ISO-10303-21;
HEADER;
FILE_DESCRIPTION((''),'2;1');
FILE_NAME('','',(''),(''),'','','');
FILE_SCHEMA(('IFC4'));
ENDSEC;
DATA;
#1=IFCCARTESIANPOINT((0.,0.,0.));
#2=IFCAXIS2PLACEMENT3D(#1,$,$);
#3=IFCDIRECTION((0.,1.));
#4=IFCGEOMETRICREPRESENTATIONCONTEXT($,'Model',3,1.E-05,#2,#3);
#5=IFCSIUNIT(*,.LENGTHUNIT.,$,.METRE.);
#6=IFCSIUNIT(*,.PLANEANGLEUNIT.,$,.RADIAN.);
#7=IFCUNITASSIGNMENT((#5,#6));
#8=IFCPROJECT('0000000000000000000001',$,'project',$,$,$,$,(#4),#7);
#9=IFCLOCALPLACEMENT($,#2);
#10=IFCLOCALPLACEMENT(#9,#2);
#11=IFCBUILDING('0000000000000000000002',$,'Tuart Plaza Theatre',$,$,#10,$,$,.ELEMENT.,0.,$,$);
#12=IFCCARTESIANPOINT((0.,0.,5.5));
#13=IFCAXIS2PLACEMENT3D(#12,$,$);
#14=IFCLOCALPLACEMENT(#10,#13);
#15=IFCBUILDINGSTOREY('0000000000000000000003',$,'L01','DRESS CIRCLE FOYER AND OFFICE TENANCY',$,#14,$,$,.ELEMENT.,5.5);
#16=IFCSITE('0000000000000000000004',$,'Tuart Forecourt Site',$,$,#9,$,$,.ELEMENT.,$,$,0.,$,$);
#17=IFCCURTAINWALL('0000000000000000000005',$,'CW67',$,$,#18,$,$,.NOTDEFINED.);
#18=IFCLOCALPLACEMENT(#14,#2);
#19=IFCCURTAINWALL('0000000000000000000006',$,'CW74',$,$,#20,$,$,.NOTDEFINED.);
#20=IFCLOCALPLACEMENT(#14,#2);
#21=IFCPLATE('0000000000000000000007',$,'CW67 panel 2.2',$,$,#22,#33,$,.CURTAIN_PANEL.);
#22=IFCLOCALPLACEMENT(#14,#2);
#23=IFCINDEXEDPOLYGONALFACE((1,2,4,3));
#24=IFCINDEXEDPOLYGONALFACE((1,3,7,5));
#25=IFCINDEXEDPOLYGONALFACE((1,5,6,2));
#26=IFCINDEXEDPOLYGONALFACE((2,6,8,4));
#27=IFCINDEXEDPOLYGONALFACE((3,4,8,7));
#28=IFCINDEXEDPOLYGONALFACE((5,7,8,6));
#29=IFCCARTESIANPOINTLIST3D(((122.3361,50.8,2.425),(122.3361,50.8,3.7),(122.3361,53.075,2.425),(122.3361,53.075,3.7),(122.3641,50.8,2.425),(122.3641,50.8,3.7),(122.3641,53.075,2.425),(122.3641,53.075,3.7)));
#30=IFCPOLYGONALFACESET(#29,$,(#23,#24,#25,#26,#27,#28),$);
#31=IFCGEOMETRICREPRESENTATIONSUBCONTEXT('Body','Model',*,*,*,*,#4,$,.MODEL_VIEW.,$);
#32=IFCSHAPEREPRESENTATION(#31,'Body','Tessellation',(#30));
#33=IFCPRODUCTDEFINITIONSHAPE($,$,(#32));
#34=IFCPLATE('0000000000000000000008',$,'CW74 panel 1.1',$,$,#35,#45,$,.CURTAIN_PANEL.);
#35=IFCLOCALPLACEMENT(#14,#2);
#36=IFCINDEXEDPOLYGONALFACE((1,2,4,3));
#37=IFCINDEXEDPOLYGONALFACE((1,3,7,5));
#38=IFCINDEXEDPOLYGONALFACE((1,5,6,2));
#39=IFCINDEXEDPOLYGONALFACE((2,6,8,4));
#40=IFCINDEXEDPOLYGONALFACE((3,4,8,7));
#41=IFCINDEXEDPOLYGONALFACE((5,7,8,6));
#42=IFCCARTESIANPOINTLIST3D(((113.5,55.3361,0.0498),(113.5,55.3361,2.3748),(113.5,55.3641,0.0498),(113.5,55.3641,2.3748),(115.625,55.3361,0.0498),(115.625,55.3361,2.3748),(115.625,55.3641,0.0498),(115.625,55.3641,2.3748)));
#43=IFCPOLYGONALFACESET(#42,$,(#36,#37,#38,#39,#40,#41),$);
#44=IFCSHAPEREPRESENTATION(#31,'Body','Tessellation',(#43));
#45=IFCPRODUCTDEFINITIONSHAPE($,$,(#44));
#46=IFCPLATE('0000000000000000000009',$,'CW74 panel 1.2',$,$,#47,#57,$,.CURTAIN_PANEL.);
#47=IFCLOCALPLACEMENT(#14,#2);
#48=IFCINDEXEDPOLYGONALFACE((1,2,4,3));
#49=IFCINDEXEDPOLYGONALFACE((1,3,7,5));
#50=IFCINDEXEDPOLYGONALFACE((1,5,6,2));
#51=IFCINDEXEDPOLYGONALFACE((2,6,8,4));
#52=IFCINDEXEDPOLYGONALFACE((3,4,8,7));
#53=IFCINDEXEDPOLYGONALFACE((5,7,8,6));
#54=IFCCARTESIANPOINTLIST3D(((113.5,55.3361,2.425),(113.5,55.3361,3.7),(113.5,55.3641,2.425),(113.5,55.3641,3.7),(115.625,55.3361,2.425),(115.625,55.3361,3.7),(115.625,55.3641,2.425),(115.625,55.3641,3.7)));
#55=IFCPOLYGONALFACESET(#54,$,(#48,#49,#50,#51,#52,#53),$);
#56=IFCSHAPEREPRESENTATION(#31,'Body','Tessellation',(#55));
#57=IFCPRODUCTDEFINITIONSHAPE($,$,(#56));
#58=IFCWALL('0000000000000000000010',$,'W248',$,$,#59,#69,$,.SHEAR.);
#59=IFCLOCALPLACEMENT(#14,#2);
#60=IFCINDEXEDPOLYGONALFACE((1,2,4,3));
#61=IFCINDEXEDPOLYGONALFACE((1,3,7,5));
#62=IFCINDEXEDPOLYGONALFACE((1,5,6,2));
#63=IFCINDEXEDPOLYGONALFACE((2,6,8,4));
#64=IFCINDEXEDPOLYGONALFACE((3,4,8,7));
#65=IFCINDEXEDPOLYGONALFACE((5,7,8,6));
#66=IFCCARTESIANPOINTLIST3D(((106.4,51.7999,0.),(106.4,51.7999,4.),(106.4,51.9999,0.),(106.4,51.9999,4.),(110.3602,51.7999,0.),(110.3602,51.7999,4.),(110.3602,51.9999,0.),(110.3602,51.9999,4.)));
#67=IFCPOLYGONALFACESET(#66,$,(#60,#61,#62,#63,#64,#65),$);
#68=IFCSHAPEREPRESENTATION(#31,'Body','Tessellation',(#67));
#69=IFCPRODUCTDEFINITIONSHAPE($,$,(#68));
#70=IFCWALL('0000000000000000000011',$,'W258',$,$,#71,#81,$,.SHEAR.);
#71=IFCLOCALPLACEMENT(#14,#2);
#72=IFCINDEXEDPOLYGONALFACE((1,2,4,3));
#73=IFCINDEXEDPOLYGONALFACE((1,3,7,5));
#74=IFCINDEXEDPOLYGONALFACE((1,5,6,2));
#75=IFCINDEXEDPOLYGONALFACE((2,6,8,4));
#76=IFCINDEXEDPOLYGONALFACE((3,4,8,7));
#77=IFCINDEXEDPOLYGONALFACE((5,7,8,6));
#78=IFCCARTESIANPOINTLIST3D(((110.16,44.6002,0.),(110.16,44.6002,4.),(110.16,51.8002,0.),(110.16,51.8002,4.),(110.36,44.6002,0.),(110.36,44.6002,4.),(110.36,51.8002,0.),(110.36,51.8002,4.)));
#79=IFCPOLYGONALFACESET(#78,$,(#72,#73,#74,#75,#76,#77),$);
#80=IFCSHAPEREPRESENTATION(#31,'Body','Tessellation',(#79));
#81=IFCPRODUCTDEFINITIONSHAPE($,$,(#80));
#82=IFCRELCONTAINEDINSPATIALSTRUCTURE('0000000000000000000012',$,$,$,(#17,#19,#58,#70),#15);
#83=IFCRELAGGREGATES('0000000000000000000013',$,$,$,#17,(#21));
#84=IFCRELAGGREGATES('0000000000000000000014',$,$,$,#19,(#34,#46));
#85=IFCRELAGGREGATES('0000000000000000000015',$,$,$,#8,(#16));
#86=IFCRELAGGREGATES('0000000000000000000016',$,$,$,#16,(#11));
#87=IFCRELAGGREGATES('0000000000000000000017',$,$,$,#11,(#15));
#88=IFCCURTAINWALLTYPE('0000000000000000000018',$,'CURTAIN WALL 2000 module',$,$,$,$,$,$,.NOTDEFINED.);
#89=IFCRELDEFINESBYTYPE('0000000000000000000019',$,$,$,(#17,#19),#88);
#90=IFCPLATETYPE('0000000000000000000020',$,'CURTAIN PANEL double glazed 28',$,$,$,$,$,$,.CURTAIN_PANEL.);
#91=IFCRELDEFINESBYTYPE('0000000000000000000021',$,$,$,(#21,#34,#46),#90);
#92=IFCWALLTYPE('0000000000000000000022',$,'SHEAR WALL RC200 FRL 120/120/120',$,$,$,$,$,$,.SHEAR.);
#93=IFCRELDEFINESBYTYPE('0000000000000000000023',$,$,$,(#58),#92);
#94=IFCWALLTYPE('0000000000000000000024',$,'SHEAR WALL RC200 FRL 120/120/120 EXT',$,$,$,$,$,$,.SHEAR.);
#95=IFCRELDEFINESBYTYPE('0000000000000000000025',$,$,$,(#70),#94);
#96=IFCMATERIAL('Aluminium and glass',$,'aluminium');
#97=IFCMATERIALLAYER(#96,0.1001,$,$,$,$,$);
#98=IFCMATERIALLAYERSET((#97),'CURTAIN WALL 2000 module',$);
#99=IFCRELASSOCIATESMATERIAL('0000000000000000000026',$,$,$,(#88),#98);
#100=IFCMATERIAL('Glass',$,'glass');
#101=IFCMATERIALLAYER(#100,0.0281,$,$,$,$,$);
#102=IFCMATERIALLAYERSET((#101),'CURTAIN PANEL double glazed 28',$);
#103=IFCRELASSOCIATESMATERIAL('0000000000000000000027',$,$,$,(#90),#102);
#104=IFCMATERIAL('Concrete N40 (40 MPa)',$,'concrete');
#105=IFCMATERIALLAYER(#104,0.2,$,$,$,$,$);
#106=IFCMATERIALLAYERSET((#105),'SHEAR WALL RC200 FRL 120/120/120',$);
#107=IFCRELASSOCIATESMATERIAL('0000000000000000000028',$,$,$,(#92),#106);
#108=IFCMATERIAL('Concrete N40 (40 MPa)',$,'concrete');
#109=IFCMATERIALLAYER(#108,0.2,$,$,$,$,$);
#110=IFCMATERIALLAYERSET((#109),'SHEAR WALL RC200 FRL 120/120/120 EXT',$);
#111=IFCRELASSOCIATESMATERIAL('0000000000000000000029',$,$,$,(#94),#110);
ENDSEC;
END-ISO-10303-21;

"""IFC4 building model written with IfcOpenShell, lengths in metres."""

from ifc_helpers import new_model, si_unit, direction, frame, frame_2d, origin, origin_2d, place, context, subcontext, project, spatial, rectangle, extrude, material, layer, layer_set, type_object, element, aggregate, save


model = new_model("IFC4")

# Units and contexts
model_context = context("Model", 3, precision=1e-05, world=origin(), true_north=direction((0.0, 1.0)))
body_context = subcontext(model_context, "Body", "Model", "MODEL_VIEW")
ifc_project = project(units=[si_unit("LENGTHUNIT", "METRE"), si_unit("PLANEANGLEUNIT", "RADIAN")], contexts=[model_context])

# Site, building, storey
site_placement = place(None, origin())
site = spatial("IfcSite", under=ifc_project, at=site_placement, Name="Tuart Forecourt Site", CompositionType="ELEMENT", RefElevation=0.0)
building_placement = place(site_placement, origin())
building = spatial("IfcBuilding", under=site, at=building_placement, Name="Tuart Plaza Theatre", CompositionType="ELEMENT", ElevationOfRefHeight=0.0)
storey_placement = place(building_placement, frame((0.0, 0.0, 5.5)))
storey = spatial("IfcBuildingStorey", under=building, at=storey_placement, Name="L01", Description="DRESS CIRCLE FOYER AND OFFICE TENANCY", CompositionType="ELEMENT", Elevation=5.5)

# Curtain wall
ifc_material_1 = material(Name="Aluminium and glass", Category="aluminium")
ifc_layer_1 = layer(ifc_material_1, 0.1001)
ifc_layer_set_1 = layer_set([ifc_layer_1], Name="CURTAIN WALL 2000 module")
curtain_wall_type_1 = type_object("IfcCurtainWallType", Name="CURTAIN WALL 2000 module", PredefinedType="NOTDEFINED", material=ifc_layer_set_1)
curtain_wall_1_placement = place(storey_placement, origin())
curtain_wall_1 = element("IfcCurtainWall", 1, at=curtain_wall_1_placement, inside=storey, type_object=curtain_wall_type_1, Name="CW67", PredefinedType="NOTDEFINED")

# Curtain wall
curtain_wall_2_placement = place(storey_placement, origin())
curtain_wall_2 = element("IfcCurtainWall", 2, at=curtain_wall_2_placement, inside=storey, type_object=curtain_wall_type_1, Name="CW74", PredefinedType="NOTDEFINED")

# Plates
ifc_material_2 = material(Name="Glass", Category="glass")
ifc_layer_2 = layer(ifc_material_2, 0.0281)
ifc_layer_set_2 = layer_set([ifc_layer_2], Name="CURTAIN PANEL double glazed 28")
plate_type = type_object("IfcPlateType", Name="CURTAIN PANEL double glazed 28", PredefinedType="CURTAIN_PANEL", material=ifc_layer_set_2)
plate_1_placement = place(storey_placement, frame((122.3501, 51.9375, 2.425), z_axis=(0.0, 0.0, 1.0), x_axis=(0.0, -1.0, 0.0)))
plate_1 = element("IfcPlate", 3, at=plate_1_placement, type_object=plate_type, Name="CW67 panel 2.2", PredefinedType="CURTAIN_PANEL", context=body_context, shape_type="SweptSolid", body=[
    extrude(rectangle(XDim=2.2749, YDim=0.0281, at=origin_2d()), origin(), (0.0, 0.0, 1.0), 1.2749),
])
aggregate(curtain_wall_1, [plate_1])
plate_2_placement = place(storey_placement, frame((114.5625, 55.3501, 0.0498), z_axis=(0.0, 0.0, 1.0), x_axis=(1.0, 0.0, 0.0)))
plate_2 = element("IfcPlate", 4, at=plate_2_placement, type_object=plate_type, Name="CW74 panel 1.1", PredefinedType="CURTAIN_PANEL", context=body_context, shape_type="SweptSolid", body=[
    extrude(rectangle(XDim=2.125, YDim=0.0281, at=origin_2d()), origin(), (0.0, 0.0, 1.0), 2.325),
])
plate_3_placement = place(storey_placement, frame((114.5625, 55.3501, 2.425), z_axis=(0.0, 0.0, 1.0), x_axis=(1.0, 0.0, 0.0)))
plate_3 = element("IfcPlate", 5, at=plate_3_placement, type_object=plate_type, Name="CW74 panel 1.2", PredefinedType="CURTAIN_PANEL", context=body_context, shape_type="SweptSolid", body=[
    extrude(rectangle(XDim=2.125, YDim=0.0281, at=origin_2d()), origin(), (0.0, 0.0, 1.0), 1.2749),
])
aggregate(curtain_wall_2, [plate_2, plate_3])

# Walls
ifc_material_3 = material(Name="Concrete N40 (40 MPa)", Category="concrete")
ifc_layer_3 = layer(ifc_material_3, 0.2)
ifc_layer_set_3 = layer_set([ifc_layer_3], Name="SHEAR WALL RC200 FRL 120/120/120")
wall_type_1 = type_object("IfcWallType", Name="SHEAR WALL RC200 FRL 120/120/120", PredefinedType="SHEAR", material=ifc_layer_set_3)
wall_1_placement = place(storey_placement, frame((110.3601, 51.8999, 0.0), z_axis=(0.0, 0.0, 1.0), x_axis=(-1.0, 0.0, 0.0)))
element("IfcWall", 6, at=wall_1_placement, inside=storey, type_object=wall_type_1, Name="W248", PredefinedType="SHEAR", context=body_context, shape_type="SweptSolid", body=[
    extrude(rectangle(XDim=3.9602, YDim=0.2, at=frame_2d((1.98, 0.0))), origin(), (0.0, 0.0, 1.0), 4.0),
])
ifc_material_4 = material(Name="Concrete N40 (40 MPa)", Category="concrete")
ifc_layer_4 = layer(ifc_material_4, 0.2)
ifc_layer_set_4 = layer_set([ifc_layer_4], Name="SHEAR WALL RC200 FRL 120/120/120 EXT")
wall_type_2 = type_object("IfcWallType", Name="SHEAR WALL RC200 FRL 120/120/120 EXT", PredefinedType="SHEAR", material=ifc_layer_set_4)
wall_2_placement = place(storey_placement, frame((110.26, 44.6001, 0.0), z_axis=(0.0, 0.0, 1.0), x_axis=(0.0, 1.0, 0.0)))
element("IfcWall", 7, at=wall_2_placement, inside=storey, type_object=wall_type_2, Name="W258", PredefinedType="SHEAR", context=body_context, shape_type="SweptSolid", body=[
    extrude(rectangle(XDim=7.2, YDim=0.2, at=frame_2d((3.6001, 0.0))), origin(), (0.0, 0.0, 1.0), 4.0),
])

save(model, "model.ifc")
